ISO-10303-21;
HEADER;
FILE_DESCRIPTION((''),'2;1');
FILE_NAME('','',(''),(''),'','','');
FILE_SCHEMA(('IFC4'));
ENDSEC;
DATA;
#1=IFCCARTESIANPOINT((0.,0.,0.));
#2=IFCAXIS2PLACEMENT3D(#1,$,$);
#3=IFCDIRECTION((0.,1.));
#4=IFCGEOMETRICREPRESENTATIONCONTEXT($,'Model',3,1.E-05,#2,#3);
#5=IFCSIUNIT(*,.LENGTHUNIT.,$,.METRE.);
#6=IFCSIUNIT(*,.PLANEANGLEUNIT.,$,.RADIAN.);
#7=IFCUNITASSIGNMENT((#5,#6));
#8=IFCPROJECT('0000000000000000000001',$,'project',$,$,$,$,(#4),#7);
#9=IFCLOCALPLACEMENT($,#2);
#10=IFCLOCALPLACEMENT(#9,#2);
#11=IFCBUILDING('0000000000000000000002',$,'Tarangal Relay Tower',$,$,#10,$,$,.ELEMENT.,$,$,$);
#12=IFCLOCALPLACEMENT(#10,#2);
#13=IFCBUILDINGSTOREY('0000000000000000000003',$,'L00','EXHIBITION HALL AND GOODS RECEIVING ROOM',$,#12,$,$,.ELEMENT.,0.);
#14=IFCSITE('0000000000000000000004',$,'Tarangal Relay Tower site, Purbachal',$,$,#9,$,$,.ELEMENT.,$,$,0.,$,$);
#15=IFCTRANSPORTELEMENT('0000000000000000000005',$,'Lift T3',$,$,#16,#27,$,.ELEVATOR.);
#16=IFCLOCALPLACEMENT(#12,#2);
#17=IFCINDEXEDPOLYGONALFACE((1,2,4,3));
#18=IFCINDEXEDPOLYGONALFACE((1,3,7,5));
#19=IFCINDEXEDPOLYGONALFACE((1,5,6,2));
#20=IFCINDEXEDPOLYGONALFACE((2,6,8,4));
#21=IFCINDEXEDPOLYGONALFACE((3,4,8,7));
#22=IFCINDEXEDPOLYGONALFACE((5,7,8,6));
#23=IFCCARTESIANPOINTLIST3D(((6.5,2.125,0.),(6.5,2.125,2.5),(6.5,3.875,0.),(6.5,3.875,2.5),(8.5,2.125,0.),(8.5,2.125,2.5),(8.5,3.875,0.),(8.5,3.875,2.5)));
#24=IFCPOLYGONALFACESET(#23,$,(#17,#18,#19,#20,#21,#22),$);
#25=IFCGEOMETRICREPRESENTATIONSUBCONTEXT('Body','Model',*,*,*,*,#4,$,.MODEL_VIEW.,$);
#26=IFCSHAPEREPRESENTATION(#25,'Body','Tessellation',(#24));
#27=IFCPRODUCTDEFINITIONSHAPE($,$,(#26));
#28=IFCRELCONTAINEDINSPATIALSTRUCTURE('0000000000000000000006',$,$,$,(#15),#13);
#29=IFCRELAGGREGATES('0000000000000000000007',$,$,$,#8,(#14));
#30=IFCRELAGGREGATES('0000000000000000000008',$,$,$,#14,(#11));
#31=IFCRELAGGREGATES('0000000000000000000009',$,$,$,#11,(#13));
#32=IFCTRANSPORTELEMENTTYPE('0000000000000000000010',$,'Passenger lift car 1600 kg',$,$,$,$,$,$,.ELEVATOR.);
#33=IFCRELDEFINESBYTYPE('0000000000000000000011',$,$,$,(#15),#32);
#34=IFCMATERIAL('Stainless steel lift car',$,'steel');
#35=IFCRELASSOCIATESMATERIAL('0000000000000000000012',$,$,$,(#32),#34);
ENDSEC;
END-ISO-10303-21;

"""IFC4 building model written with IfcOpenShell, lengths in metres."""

from ifc_helpers import new_model, si_unit, direction, frame, origin, origin_2d, place, context, subcontext, project, spatial, rectangle, extrude, material, type_object, element, save


model = new_model("IFC4")

# Units and contexts
model_context = context("Model", 3, precision=1e-05, world=origin(), true_north=direction((0.0, 1.0)))
body_context = subcontext(model_context, "Body", "Model", "MODEL_VIEW")
ifc_project = project(units=[si_unit("LENGTHUNIT", "METRE"), si_unit("PLANEANGLEUNIT", "RADIAN")], contexts=[model_context])

# Site, building, storey
site_placement = place(None, origin())
site = spatial("IfcSite", under=ifc_project, at=site_placement, Name="Tarangal Relay Tower site, Purbachal", CompositionType="ELEMENT", RefElevation=0.0)
building_placement = place(site_placement, origin())
building = spatial("IfcBuilding", under=site, at=building_placement, Name="Tarangal Relay Tower", CompositionType="ELEMENT")
storey_placement = place(building_placement, origin())
storey = spatial("IfcBuildingStorey", under=building, at=storey_placement, Name="L00", Description="EXHIBITION HALL AND GOODS RECEIVING ROOM", CompositionType="ELEMENT", Elevation=0.0)

# Transport element
ifc_material_1 = material(Name="Stainless steel lift car", Category="steel")
transport_element_type = type_object("IfcTransportElementType", Name="Passenger lift car 1600 kg", PredefinedType="ELEVATOR", material=ifc_material_1)
transport_element_placement = place(storey_placement, frame((7.5, 3.0, 0.0), z_axis=(0.0, 0.0, 1.0), x_axis=(1.0, 0.0, 0.0)))
element("IfcTransportElement", 1, at=transport_element_placement, inside=storey, type_object=transport_element_type, Name="Lift T3", PredefinedType="ELEVATOR", context=body_context, shape_type="SweptSolid", body=[
    extrude(rectangle(XDim=2.0, YDim=1.75, at=origin_2d()), origin(), (0.0, 0.0, 1.0), 2.5),
])

save(model, "model.ifc")
